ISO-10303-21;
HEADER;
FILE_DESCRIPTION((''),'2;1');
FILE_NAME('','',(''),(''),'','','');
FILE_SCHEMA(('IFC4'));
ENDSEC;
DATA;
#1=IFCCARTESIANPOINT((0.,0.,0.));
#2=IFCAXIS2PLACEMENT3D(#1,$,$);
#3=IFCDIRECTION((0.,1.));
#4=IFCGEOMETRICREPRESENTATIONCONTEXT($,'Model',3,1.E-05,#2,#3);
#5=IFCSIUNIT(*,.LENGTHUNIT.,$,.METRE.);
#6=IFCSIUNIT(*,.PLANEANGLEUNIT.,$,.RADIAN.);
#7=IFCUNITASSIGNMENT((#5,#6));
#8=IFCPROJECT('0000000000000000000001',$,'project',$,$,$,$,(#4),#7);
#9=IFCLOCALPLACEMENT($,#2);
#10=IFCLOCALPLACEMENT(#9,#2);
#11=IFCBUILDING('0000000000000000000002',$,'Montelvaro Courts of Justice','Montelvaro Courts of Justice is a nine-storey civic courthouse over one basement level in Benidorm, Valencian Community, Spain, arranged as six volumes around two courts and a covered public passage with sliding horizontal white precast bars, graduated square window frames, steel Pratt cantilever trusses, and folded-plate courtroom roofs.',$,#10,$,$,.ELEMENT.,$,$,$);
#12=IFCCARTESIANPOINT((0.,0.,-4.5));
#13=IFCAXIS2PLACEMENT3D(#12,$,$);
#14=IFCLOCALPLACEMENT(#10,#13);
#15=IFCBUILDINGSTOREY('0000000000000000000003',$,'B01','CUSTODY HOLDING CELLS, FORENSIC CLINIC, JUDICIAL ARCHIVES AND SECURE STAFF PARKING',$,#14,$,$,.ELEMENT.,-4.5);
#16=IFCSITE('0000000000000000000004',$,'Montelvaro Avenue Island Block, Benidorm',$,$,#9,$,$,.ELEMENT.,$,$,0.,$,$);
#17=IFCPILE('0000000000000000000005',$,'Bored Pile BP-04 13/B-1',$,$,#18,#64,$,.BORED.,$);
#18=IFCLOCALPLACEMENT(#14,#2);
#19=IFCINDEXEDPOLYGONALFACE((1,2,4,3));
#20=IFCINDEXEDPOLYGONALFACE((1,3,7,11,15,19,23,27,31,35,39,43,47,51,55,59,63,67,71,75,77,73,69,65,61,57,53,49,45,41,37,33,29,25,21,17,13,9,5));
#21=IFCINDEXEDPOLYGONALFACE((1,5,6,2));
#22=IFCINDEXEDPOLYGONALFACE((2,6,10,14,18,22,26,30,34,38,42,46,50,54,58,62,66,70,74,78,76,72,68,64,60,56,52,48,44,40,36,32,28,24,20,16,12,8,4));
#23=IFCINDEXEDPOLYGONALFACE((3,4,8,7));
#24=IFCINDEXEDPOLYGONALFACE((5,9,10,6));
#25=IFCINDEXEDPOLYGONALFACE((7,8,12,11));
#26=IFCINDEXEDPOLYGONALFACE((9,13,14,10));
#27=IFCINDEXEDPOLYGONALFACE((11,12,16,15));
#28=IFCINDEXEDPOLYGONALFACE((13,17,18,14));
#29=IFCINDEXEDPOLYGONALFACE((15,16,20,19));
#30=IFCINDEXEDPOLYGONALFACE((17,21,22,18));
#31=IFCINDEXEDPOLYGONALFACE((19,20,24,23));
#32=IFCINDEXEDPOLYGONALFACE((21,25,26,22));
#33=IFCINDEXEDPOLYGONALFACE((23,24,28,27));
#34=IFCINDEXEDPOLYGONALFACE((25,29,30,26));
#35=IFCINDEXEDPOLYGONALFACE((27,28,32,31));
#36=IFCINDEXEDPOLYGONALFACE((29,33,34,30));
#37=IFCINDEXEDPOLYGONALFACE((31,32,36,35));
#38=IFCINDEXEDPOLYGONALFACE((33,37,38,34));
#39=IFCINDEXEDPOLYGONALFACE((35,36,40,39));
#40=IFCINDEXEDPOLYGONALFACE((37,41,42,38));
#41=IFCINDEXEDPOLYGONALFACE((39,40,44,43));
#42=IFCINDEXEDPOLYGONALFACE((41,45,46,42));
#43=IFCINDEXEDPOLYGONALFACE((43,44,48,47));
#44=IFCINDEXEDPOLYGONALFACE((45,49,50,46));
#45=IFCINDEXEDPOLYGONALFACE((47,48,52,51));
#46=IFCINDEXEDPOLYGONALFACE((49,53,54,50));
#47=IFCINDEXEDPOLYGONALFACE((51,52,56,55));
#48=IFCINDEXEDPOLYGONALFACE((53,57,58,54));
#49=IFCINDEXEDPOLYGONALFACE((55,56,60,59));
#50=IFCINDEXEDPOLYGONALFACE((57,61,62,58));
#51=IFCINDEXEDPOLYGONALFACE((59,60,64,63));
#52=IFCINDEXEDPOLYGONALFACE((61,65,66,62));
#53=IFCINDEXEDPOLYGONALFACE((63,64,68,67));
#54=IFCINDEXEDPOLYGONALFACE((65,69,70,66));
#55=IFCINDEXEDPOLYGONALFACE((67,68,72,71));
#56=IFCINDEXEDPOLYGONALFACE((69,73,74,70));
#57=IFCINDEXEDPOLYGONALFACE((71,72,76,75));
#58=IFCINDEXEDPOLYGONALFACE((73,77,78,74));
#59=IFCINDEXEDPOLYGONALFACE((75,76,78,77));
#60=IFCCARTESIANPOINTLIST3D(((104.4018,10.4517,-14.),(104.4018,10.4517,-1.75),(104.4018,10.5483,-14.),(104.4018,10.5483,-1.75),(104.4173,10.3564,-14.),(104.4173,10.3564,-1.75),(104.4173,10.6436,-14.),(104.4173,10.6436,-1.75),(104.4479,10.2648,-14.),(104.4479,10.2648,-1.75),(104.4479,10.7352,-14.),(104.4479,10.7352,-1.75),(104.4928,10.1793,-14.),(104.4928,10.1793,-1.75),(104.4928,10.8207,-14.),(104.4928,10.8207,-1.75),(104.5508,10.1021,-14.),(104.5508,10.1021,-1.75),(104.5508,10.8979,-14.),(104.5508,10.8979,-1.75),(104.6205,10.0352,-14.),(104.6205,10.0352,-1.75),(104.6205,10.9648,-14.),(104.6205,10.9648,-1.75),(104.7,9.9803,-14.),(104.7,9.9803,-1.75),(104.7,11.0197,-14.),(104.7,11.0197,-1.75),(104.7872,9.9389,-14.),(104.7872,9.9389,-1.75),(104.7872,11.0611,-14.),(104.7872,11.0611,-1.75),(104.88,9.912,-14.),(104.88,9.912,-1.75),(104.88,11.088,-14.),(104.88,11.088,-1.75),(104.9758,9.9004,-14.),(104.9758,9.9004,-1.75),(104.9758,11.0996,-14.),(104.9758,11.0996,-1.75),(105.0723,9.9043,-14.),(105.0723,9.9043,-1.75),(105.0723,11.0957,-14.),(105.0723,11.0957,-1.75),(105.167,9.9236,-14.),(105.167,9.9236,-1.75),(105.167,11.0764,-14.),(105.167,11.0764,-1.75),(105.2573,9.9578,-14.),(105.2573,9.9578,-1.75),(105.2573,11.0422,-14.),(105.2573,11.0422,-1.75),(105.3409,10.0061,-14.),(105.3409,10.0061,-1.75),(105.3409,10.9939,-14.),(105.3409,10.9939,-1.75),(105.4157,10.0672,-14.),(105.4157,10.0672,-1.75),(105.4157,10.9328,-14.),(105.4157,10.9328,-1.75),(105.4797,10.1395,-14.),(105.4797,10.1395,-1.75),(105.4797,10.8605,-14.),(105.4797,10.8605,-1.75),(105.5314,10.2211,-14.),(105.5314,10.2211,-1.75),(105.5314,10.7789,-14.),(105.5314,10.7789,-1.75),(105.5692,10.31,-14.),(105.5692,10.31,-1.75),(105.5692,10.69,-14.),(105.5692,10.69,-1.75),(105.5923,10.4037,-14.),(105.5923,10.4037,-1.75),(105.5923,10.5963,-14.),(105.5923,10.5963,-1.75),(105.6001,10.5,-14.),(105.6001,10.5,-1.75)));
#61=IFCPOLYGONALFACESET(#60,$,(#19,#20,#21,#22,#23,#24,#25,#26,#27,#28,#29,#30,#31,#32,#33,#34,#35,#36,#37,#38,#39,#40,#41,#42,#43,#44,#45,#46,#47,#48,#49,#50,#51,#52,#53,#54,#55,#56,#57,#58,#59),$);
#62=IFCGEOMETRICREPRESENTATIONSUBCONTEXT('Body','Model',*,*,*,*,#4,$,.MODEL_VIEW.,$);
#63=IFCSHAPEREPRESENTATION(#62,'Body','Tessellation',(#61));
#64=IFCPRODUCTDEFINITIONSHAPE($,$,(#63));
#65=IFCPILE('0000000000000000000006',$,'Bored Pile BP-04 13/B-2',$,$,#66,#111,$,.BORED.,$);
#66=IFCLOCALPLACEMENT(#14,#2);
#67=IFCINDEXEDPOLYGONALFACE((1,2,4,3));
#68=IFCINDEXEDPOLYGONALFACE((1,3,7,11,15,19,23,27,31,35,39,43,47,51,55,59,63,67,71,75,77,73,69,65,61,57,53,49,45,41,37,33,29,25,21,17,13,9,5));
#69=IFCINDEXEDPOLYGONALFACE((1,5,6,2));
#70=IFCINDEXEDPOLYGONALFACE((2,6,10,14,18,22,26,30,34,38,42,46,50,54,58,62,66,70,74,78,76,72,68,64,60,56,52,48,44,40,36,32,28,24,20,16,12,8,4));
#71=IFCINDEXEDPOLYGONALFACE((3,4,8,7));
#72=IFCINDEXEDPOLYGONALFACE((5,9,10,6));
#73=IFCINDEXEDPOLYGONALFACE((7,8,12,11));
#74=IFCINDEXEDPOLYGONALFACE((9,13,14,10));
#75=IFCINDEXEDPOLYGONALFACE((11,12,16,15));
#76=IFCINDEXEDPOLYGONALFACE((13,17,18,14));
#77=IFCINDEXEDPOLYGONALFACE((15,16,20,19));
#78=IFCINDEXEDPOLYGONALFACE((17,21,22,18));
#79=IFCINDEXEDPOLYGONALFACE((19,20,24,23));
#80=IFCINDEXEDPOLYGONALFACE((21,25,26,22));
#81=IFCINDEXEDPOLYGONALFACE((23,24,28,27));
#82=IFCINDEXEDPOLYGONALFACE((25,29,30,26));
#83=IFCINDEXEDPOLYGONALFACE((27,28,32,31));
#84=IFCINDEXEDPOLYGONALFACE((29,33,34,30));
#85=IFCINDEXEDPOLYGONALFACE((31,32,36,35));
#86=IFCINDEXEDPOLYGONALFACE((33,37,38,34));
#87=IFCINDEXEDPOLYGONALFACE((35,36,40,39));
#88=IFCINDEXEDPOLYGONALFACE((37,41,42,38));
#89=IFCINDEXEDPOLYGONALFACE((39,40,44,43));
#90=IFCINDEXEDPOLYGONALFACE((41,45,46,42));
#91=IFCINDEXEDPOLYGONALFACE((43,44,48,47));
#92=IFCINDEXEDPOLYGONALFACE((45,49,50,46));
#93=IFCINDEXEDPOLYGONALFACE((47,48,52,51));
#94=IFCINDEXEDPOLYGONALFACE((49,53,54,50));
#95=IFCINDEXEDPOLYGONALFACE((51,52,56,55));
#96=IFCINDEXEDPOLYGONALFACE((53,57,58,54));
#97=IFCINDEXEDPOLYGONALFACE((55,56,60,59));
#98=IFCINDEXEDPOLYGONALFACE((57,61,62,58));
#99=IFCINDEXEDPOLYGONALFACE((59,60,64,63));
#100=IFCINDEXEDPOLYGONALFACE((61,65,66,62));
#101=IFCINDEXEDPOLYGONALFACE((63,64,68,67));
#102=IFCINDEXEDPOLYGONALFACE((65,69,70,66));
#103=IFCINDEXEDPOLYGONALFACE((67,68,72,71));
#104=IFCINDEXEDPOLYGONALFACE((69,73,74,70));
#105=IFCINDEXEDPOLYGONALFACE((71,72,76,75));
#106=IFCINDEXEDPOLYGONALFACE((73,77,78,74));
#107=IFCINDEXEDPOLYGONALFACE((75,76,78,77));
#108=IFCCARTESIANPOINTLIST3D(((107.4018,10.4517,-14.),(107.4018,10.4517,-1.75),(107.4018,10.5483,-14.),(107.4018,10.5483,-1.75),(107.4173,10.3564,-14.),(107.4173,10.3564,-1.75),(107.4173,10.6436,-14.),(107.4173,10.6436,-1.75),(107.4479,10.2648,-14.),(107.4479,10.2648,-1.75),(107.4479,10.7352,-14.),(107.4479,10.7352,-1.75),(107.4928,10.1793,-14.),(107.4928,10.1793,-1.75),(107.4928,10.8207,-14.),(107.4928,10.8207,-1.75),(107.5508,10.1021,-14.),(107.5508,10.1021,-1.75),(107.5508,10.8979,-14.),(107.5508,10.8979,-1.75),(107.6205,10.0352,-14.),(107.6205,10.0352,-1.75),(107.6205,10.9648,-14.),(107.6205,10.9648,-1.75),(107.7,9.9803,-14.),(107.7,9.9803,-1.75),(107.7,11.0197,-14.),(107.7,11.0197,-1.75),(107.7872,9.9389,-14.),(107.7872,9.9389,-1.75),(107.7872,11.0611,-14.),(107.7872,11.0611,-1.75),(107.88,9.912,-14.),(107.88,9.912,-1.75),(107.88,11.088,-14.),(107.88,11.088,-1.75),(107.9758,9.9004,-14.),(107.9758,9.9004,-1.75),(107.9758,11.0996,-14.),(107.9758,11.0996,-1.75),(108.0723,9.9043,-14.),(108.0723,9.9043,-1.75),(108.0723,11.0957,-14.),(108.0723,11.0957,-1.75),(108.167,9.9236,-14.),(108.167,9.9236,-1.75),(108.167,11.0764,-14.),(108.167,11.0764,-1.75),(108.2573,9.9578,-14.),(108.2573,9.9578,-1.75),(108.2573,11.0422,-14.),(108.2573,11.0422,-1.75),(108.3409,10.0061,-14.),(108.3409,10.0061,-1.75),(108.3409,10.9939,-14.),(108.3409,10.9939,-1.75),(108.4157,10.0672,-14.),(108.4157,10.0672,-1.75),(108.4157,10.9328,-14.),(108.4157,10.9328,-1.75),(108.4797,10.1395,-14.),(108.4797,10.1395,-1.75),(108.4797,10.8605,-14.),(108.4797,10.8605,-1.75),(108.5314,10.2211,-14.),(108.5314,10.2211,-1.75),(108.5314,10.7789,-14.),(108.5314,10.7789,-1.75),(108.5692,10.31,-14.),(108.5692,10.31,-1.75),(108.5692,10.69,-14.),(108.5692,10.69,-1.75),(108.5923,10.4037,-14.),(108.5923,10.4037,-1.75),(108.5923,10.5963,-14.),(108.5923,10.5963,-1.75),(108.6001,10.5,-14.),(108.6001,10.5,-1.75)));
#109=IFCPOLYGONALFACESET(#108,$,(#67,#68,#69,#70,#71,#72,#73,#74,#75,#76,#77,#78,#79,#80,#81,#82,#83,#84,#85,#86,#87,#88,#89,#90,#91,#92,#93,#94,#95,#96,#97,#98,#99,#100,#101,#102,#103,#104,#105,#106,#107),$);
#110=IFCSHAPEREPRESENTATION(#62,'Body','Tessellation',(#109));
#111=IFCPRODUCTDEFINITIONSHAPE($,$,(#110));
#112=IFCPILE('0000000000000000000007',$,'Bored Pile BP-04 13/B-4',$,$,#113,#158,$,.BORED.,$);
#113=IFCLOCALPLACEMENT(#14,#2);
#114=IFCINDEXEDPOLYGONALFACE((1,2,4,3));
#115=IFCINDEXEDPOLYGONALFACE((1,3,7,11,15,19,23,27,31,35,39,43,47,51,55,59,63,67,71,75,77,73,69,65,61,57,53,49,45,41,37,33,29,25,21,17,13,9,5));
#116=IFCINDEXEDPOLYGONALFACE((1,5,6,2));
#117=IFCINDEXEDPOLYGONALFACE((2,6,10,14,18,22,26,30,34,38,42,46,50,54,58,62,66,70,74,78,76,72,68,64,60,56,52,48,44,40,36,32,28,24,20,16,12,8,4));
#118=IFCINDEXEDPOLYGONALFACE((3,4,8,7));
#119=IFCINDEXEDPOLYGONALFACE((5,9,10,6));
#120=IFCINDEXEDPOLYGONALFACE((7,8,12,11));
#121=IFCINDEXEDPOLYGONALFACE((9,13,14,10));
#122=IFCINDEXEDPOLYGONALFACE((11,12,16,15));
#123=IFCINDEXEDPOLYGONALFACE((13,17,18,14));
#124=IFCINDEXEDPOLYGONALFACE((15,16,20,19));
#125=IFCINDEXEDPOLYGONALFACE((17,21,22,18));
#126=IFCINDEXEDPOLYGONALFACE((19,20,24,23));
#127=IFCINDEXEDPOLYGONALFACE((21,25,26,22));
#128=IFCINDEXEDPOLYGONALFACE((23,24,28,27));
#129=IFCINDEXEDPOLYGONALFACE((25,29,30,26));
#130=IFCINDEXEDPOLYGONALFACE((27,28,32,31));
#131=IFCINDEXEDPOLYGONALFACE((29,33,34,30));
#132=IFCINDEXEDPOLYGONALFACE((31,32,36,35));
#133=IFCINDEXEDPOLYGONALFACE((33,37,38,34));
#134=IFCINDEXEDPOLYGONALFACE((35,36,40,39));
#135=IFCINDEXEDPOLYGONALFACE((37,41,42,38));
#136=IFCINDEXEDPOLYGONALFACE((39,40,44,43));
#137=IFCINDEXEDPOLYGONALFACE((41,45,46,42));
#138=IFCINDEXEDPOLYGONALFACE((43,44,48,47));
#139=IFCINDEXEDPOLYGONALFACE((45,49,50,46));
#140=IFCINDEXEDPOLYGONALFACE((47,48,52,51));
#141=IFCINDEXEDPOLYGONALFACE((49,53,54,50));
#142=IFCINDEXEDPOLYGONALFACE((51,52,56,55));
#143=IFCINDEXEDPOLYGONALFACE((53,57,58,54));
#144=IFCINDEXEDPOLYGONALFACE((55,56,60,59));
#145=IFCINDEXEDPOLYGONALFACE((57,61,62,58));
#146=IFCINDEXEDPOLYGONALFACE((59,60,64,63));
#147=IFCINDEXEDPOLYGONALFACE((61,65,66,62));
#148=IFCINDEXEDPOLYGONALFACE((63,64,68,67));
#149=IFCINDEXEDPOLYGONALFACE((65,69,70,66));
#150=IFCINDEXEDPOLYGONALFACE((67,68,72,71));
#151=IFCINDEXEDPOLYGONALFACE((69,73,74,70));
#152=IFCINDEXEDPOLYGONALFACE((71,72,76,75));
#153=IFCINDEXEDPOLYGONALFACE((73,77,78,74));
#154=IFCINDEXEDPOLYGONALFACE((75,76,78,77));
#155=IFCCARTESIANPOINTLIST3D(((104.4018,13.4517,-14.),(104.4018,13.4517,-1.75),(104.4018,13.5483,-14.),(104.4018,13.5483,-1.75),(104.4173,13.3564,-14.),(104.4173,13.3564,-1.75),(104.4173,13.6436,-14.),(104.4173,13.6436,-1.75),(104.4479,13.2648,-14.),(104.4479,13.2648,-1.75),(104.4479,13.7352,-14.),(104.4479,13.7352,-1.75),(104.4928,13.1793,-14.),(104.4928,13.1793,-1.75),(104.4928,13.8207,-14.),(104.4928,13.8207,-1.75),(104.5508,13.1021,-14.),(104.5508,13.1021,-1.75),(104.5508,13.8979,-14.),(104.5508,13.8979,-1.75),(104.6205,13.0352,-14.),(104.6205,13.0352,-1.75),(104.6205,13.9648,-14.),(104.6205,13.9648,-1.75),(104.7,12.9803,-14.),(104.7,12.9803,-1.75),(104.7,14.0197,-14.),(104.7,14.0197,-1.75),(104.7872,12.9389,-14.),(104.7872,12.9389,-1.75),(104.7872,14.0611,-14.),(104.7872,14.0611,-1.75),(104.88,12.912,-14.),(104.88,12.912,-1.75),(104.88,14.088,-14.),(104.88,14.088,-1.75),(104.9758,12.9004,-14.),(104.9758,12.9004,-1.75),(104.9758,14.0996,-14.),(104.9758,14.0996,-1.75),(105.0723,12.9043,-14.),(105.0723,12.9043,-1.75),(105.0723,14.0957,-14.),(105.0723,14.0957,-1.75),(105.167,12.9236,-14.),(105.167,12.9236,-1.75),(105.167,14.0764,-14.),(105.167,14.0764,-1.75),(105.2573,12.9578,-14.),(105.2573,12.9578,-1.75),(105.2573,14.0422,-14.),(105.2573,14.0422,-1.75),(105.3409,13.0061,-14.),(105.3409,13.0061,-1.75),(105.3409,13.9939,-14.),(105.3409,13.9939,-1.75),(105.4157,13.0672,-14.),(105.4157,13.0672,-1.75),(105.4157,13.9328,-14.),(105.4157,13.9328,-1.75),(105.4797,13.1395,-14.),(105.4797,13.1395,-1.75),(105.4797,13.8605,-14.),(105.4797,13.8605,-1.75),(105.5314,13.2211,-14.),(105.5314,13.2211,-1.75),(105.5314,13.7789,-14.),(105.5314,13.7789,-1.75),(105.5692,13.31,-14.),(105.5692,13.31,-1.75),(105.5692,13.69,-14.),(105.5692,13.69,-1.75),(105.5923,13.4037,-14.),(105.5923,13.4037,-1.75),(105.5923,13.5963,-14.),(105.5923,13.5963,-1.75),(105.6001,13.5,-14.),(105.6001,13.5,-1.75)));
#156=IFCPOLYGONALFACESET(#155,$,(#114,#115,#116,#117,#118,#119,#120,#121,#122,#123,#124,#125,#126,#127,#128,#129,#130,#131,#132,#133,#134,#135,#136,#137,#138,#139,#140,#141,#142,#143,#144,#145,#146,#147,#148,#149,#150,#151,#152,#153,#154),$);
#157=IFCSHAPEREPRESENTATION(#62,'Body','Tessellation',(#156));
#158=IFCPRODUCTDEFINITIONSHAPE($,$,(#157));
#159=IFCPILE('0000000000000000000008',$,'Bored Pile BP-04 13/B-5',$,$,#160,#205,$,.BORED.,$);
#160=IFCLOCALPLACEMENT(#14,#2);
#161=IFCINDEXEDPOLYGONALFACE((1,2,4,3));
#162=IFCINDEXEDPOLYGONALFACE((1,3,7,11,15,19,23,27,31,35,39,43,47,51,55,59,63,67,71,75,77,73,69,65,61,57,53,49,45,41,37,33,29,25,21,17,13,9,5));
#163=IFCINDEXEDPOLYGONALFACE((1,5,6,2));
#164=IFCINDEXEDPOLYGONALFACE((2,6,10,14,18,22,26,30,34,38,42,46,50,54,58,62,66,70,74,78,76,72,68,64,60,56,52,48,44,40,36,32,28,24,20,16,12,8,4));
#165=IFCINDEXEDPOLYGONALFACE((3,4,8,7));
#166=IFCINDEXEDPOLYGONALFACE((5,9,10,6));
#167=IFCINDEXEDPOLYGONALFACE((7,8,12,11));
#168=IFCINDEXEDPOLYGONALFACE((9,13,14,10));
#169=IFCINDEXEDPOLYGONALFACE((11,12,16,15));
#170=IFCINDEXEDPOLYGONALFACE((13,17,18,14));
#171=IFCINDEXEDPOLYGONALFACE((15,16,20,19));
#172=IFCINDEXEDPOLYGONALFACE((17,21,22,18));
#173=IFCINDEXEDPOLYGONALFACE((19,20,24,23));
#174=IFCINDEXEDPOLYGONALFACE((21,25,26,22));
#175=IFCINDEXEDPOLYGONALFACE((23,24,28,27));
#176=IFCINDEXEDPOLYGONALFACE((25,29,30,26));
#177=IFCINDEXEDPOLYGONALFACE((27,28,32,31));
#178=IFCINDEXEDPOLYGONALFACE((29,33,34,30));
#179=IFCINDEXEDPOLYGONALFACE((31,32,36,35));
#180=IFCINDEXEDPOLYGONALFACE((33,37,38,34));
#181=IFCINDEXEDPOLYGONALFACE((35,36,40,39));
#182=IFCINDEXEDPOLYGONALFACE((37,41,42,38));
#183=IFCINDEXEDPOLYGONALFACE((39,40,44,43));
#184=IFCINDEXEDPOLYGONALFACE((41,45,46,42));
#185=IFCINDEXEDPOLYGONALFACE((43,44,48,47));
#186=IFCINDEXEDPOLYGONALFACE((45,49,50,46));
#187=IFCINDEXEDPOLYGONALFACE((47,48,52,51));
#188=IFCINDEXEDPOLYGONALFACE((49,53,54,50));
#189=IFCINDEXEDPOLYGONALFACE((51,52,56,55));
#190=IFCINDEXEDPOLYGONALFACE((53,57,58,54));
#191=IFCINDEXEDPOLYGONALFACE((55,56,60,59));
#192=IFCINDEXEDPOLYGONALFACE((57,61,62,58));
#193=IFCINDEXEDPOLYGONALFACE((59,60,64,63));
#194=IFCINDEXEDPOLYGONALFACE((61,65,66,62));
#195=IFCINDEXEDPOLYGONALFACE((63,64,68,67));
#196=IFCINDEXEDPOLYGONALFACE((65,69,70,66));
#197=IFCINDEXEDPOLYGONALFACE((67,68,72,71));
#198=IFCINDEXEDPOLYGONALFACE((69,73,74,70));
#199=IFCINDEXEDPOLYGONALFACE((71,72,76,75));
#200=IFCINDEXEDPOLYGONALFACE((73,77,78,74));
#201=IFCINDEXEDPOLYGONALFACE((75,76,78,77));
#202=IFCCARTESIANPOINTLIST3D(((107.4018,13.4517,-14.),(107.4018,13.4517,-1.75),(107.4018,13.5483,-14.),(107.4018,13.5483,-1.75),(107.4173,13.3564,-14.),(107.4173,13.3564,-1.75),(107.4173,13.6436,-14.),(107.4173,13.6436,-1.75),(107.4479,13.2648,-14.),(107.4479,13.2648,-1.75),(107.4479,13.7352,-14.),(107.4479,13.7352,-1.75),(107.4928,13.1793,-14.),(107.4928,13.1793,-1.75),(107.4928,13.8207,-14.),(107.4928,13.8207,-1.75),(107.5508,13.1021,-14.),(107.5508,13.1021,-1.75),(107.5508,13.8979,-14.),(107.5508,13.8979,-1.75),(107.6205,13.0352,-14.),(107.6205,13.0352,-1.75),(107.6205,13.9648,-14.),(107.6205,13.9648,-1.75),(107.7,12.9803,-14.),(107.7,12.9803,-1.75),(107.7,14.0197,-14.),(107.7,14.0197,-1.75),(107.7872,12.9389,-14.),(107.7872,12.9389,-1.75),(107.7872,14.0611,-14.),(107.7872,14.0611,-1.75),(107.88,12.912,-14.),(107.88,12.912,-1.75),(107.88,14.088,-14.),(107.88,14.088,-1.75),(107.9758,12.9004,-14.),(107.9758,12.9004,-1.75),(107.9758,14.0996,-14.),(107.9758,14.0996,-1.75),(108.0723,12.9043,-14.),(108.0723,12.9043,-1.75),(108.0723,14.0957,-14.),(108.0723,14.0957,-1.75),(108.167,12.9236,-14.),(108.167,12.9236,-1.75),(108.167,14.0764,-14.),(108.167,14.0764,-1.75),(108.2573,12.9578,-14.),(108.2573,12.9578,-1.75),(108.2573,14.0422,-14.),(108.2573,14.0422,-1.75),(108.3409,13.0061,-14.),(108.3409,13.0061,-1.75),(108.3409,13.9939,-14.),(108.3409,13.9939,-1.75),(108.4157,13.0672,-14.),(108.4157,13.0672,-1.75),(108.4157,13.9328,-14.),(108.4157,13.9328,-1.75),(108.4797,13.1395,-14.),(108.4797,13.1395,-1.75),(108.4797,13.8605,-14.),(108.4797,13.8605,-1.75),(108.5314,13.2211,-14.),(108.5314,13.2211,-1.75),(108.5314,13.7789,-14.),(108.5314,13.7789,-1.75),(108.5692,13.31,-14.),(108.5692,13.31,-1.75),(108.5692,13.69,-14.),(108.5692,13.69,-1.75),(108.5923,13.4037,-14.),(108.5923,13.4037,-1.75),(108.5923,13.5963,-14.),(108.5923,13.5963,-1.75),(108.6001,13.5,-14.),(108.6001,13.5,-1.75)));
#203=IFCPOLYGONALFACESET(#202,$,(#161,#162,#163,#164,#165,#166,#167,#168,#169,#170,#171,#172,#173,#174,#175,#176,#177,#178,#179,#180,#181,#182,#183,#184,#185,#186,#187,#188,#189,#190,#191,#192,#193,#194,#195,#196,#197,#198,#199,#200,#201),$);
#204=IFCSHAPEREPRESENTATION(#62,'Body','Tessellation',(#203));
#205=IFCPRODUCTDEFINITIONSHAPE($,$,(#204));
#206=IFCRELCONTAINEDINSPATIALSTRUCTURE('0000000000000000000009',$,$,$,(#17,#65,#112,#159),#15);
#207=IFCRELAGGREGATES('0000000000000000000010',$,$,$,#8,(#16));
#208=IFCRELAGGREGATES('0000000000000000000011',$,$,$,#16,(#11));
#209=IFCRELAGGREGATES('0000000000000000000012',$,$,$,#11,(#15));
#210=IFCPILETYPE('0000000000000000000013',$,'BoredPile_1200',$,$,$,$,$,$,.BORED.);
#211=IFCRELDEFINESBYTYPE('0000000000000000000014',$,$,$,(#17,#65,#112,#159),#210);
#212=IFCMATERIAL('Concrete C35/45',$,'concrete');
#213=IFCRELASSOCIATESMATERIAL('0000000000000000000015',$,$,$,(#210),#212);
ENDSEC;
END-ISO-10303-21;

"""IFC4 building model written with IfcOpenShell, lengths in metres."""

from ifc_helpers import new_model, si_unit, direction, frame, origin, origin_2d, place, context, subcontext, project, spatial, circle, extrude, material, material_profile, profile_set, type_object, element, save


model = new_model("IFC4")

# Units and contexts
model_context = context("Model", 3, precision=1e-05, world=origin(), true_north=direction((0.0, 1.0)))
body_context = subcontext(model_context, "Body", "Model", "MODEL_VIEW")
ifc_project = project(units=[si_unit("LENGTHUNIT", "METRE"), si_unit("PLANEANGLEUNIT", "RADIAN")], contexts=[model_context])

# Site, building, storey
site_placement = place(None, origin())
site = spatial("IfcSite", under=ifc_project, at=site_placement, Name="Montelvaro Avenue Island Block, Benidorm", CompositionType="ELEMENT", RefElevation=0.0)
building_placement = place(site_placement, origin())
building = spatial("IfcBuilding", under=site, at=building_placement, Name="Montelvaro Courts of Justice", Description="Montelvaro Courts of Justice is a nine-storey civic courthouse over one basement level in Benidorm, Valencian Community, Spain, arranged as six volumes around two courts and a covered public passage with sliding horizontal white precast bars, graduated square window frames, steel Pratt cantilever trusses, and folded-plate courtroom roofs.", CompositionType="ELEMENT")
storey_placement = place(building_placement, frame((0.0, 0.0, -4.5)))
storey = spatial("IfcBuildingStorey", under=building, at=storey_placement, Name="B01", Description="CUSTODY HOLDING CELLS, FORENSIC CLINIC, JUDICIAL ARCHIVES AND SECURE STAFF PARKING", CompositionType="ELEMENT", Elevation=-4.5)

# Piles
ifc_material_1 = material(Name="Concrete C35/45", Category="concrete")
ifc_material_profile_1 = material_profile(ifc_material_1, circle(Radius=0.6001, at=origin_2d()), Name="BORED PILE D1200")
ifc_profile_set_1 = profile_set([ifc_material_profile_1], Name="Concrete C35/45")
pile_type_1 = type_object("IfcPileType", Name="BoredPile_1200", PredefinedType="BORED", material=ifc_profile_set_1)
for number, where, z_axis, x_axis, name in (
    (1, (105.0, 10.5, -1.75), (0.0, 0.0, -1.0), (1.0, 0.0, 0.0), "Bored Pile BP-04 13/B-1"),
    (2, (108.0, 10.5, -1.75), (0.0, 0.0, -1.0), (1.0, 0.0, 0.0), "Bored Pile BP-04 13/B-2"),
    (3, (105.0, 13.5, -1.75), (0.0, 0.0, -1.0), (1.0, 0.0, 0.0), "Bored Pile BP-04 13/B-4"),
    (4, (108.0, 13.5, -1.75), (0.0, 0.0, -1.0), (1.0, 0.0, 0.0), "Bored Pile BP-04 13/B-5"),
):
    element("IfcPile", number, at=place(storey_placement, frame(where, z_axis=z_axis, x_axis=x_axis)), inside=storey, type_object=pile_type_1, Name=name, PredefinedType="BORED", context=body_context, shape_type="SweptSolid", body=[
        extrude(circle(Radius=0.6001, at=origin_2d()), origin(), (0.0, 0.0, 1.0), 12.25),
    ])

save(model, "model.ifc")
